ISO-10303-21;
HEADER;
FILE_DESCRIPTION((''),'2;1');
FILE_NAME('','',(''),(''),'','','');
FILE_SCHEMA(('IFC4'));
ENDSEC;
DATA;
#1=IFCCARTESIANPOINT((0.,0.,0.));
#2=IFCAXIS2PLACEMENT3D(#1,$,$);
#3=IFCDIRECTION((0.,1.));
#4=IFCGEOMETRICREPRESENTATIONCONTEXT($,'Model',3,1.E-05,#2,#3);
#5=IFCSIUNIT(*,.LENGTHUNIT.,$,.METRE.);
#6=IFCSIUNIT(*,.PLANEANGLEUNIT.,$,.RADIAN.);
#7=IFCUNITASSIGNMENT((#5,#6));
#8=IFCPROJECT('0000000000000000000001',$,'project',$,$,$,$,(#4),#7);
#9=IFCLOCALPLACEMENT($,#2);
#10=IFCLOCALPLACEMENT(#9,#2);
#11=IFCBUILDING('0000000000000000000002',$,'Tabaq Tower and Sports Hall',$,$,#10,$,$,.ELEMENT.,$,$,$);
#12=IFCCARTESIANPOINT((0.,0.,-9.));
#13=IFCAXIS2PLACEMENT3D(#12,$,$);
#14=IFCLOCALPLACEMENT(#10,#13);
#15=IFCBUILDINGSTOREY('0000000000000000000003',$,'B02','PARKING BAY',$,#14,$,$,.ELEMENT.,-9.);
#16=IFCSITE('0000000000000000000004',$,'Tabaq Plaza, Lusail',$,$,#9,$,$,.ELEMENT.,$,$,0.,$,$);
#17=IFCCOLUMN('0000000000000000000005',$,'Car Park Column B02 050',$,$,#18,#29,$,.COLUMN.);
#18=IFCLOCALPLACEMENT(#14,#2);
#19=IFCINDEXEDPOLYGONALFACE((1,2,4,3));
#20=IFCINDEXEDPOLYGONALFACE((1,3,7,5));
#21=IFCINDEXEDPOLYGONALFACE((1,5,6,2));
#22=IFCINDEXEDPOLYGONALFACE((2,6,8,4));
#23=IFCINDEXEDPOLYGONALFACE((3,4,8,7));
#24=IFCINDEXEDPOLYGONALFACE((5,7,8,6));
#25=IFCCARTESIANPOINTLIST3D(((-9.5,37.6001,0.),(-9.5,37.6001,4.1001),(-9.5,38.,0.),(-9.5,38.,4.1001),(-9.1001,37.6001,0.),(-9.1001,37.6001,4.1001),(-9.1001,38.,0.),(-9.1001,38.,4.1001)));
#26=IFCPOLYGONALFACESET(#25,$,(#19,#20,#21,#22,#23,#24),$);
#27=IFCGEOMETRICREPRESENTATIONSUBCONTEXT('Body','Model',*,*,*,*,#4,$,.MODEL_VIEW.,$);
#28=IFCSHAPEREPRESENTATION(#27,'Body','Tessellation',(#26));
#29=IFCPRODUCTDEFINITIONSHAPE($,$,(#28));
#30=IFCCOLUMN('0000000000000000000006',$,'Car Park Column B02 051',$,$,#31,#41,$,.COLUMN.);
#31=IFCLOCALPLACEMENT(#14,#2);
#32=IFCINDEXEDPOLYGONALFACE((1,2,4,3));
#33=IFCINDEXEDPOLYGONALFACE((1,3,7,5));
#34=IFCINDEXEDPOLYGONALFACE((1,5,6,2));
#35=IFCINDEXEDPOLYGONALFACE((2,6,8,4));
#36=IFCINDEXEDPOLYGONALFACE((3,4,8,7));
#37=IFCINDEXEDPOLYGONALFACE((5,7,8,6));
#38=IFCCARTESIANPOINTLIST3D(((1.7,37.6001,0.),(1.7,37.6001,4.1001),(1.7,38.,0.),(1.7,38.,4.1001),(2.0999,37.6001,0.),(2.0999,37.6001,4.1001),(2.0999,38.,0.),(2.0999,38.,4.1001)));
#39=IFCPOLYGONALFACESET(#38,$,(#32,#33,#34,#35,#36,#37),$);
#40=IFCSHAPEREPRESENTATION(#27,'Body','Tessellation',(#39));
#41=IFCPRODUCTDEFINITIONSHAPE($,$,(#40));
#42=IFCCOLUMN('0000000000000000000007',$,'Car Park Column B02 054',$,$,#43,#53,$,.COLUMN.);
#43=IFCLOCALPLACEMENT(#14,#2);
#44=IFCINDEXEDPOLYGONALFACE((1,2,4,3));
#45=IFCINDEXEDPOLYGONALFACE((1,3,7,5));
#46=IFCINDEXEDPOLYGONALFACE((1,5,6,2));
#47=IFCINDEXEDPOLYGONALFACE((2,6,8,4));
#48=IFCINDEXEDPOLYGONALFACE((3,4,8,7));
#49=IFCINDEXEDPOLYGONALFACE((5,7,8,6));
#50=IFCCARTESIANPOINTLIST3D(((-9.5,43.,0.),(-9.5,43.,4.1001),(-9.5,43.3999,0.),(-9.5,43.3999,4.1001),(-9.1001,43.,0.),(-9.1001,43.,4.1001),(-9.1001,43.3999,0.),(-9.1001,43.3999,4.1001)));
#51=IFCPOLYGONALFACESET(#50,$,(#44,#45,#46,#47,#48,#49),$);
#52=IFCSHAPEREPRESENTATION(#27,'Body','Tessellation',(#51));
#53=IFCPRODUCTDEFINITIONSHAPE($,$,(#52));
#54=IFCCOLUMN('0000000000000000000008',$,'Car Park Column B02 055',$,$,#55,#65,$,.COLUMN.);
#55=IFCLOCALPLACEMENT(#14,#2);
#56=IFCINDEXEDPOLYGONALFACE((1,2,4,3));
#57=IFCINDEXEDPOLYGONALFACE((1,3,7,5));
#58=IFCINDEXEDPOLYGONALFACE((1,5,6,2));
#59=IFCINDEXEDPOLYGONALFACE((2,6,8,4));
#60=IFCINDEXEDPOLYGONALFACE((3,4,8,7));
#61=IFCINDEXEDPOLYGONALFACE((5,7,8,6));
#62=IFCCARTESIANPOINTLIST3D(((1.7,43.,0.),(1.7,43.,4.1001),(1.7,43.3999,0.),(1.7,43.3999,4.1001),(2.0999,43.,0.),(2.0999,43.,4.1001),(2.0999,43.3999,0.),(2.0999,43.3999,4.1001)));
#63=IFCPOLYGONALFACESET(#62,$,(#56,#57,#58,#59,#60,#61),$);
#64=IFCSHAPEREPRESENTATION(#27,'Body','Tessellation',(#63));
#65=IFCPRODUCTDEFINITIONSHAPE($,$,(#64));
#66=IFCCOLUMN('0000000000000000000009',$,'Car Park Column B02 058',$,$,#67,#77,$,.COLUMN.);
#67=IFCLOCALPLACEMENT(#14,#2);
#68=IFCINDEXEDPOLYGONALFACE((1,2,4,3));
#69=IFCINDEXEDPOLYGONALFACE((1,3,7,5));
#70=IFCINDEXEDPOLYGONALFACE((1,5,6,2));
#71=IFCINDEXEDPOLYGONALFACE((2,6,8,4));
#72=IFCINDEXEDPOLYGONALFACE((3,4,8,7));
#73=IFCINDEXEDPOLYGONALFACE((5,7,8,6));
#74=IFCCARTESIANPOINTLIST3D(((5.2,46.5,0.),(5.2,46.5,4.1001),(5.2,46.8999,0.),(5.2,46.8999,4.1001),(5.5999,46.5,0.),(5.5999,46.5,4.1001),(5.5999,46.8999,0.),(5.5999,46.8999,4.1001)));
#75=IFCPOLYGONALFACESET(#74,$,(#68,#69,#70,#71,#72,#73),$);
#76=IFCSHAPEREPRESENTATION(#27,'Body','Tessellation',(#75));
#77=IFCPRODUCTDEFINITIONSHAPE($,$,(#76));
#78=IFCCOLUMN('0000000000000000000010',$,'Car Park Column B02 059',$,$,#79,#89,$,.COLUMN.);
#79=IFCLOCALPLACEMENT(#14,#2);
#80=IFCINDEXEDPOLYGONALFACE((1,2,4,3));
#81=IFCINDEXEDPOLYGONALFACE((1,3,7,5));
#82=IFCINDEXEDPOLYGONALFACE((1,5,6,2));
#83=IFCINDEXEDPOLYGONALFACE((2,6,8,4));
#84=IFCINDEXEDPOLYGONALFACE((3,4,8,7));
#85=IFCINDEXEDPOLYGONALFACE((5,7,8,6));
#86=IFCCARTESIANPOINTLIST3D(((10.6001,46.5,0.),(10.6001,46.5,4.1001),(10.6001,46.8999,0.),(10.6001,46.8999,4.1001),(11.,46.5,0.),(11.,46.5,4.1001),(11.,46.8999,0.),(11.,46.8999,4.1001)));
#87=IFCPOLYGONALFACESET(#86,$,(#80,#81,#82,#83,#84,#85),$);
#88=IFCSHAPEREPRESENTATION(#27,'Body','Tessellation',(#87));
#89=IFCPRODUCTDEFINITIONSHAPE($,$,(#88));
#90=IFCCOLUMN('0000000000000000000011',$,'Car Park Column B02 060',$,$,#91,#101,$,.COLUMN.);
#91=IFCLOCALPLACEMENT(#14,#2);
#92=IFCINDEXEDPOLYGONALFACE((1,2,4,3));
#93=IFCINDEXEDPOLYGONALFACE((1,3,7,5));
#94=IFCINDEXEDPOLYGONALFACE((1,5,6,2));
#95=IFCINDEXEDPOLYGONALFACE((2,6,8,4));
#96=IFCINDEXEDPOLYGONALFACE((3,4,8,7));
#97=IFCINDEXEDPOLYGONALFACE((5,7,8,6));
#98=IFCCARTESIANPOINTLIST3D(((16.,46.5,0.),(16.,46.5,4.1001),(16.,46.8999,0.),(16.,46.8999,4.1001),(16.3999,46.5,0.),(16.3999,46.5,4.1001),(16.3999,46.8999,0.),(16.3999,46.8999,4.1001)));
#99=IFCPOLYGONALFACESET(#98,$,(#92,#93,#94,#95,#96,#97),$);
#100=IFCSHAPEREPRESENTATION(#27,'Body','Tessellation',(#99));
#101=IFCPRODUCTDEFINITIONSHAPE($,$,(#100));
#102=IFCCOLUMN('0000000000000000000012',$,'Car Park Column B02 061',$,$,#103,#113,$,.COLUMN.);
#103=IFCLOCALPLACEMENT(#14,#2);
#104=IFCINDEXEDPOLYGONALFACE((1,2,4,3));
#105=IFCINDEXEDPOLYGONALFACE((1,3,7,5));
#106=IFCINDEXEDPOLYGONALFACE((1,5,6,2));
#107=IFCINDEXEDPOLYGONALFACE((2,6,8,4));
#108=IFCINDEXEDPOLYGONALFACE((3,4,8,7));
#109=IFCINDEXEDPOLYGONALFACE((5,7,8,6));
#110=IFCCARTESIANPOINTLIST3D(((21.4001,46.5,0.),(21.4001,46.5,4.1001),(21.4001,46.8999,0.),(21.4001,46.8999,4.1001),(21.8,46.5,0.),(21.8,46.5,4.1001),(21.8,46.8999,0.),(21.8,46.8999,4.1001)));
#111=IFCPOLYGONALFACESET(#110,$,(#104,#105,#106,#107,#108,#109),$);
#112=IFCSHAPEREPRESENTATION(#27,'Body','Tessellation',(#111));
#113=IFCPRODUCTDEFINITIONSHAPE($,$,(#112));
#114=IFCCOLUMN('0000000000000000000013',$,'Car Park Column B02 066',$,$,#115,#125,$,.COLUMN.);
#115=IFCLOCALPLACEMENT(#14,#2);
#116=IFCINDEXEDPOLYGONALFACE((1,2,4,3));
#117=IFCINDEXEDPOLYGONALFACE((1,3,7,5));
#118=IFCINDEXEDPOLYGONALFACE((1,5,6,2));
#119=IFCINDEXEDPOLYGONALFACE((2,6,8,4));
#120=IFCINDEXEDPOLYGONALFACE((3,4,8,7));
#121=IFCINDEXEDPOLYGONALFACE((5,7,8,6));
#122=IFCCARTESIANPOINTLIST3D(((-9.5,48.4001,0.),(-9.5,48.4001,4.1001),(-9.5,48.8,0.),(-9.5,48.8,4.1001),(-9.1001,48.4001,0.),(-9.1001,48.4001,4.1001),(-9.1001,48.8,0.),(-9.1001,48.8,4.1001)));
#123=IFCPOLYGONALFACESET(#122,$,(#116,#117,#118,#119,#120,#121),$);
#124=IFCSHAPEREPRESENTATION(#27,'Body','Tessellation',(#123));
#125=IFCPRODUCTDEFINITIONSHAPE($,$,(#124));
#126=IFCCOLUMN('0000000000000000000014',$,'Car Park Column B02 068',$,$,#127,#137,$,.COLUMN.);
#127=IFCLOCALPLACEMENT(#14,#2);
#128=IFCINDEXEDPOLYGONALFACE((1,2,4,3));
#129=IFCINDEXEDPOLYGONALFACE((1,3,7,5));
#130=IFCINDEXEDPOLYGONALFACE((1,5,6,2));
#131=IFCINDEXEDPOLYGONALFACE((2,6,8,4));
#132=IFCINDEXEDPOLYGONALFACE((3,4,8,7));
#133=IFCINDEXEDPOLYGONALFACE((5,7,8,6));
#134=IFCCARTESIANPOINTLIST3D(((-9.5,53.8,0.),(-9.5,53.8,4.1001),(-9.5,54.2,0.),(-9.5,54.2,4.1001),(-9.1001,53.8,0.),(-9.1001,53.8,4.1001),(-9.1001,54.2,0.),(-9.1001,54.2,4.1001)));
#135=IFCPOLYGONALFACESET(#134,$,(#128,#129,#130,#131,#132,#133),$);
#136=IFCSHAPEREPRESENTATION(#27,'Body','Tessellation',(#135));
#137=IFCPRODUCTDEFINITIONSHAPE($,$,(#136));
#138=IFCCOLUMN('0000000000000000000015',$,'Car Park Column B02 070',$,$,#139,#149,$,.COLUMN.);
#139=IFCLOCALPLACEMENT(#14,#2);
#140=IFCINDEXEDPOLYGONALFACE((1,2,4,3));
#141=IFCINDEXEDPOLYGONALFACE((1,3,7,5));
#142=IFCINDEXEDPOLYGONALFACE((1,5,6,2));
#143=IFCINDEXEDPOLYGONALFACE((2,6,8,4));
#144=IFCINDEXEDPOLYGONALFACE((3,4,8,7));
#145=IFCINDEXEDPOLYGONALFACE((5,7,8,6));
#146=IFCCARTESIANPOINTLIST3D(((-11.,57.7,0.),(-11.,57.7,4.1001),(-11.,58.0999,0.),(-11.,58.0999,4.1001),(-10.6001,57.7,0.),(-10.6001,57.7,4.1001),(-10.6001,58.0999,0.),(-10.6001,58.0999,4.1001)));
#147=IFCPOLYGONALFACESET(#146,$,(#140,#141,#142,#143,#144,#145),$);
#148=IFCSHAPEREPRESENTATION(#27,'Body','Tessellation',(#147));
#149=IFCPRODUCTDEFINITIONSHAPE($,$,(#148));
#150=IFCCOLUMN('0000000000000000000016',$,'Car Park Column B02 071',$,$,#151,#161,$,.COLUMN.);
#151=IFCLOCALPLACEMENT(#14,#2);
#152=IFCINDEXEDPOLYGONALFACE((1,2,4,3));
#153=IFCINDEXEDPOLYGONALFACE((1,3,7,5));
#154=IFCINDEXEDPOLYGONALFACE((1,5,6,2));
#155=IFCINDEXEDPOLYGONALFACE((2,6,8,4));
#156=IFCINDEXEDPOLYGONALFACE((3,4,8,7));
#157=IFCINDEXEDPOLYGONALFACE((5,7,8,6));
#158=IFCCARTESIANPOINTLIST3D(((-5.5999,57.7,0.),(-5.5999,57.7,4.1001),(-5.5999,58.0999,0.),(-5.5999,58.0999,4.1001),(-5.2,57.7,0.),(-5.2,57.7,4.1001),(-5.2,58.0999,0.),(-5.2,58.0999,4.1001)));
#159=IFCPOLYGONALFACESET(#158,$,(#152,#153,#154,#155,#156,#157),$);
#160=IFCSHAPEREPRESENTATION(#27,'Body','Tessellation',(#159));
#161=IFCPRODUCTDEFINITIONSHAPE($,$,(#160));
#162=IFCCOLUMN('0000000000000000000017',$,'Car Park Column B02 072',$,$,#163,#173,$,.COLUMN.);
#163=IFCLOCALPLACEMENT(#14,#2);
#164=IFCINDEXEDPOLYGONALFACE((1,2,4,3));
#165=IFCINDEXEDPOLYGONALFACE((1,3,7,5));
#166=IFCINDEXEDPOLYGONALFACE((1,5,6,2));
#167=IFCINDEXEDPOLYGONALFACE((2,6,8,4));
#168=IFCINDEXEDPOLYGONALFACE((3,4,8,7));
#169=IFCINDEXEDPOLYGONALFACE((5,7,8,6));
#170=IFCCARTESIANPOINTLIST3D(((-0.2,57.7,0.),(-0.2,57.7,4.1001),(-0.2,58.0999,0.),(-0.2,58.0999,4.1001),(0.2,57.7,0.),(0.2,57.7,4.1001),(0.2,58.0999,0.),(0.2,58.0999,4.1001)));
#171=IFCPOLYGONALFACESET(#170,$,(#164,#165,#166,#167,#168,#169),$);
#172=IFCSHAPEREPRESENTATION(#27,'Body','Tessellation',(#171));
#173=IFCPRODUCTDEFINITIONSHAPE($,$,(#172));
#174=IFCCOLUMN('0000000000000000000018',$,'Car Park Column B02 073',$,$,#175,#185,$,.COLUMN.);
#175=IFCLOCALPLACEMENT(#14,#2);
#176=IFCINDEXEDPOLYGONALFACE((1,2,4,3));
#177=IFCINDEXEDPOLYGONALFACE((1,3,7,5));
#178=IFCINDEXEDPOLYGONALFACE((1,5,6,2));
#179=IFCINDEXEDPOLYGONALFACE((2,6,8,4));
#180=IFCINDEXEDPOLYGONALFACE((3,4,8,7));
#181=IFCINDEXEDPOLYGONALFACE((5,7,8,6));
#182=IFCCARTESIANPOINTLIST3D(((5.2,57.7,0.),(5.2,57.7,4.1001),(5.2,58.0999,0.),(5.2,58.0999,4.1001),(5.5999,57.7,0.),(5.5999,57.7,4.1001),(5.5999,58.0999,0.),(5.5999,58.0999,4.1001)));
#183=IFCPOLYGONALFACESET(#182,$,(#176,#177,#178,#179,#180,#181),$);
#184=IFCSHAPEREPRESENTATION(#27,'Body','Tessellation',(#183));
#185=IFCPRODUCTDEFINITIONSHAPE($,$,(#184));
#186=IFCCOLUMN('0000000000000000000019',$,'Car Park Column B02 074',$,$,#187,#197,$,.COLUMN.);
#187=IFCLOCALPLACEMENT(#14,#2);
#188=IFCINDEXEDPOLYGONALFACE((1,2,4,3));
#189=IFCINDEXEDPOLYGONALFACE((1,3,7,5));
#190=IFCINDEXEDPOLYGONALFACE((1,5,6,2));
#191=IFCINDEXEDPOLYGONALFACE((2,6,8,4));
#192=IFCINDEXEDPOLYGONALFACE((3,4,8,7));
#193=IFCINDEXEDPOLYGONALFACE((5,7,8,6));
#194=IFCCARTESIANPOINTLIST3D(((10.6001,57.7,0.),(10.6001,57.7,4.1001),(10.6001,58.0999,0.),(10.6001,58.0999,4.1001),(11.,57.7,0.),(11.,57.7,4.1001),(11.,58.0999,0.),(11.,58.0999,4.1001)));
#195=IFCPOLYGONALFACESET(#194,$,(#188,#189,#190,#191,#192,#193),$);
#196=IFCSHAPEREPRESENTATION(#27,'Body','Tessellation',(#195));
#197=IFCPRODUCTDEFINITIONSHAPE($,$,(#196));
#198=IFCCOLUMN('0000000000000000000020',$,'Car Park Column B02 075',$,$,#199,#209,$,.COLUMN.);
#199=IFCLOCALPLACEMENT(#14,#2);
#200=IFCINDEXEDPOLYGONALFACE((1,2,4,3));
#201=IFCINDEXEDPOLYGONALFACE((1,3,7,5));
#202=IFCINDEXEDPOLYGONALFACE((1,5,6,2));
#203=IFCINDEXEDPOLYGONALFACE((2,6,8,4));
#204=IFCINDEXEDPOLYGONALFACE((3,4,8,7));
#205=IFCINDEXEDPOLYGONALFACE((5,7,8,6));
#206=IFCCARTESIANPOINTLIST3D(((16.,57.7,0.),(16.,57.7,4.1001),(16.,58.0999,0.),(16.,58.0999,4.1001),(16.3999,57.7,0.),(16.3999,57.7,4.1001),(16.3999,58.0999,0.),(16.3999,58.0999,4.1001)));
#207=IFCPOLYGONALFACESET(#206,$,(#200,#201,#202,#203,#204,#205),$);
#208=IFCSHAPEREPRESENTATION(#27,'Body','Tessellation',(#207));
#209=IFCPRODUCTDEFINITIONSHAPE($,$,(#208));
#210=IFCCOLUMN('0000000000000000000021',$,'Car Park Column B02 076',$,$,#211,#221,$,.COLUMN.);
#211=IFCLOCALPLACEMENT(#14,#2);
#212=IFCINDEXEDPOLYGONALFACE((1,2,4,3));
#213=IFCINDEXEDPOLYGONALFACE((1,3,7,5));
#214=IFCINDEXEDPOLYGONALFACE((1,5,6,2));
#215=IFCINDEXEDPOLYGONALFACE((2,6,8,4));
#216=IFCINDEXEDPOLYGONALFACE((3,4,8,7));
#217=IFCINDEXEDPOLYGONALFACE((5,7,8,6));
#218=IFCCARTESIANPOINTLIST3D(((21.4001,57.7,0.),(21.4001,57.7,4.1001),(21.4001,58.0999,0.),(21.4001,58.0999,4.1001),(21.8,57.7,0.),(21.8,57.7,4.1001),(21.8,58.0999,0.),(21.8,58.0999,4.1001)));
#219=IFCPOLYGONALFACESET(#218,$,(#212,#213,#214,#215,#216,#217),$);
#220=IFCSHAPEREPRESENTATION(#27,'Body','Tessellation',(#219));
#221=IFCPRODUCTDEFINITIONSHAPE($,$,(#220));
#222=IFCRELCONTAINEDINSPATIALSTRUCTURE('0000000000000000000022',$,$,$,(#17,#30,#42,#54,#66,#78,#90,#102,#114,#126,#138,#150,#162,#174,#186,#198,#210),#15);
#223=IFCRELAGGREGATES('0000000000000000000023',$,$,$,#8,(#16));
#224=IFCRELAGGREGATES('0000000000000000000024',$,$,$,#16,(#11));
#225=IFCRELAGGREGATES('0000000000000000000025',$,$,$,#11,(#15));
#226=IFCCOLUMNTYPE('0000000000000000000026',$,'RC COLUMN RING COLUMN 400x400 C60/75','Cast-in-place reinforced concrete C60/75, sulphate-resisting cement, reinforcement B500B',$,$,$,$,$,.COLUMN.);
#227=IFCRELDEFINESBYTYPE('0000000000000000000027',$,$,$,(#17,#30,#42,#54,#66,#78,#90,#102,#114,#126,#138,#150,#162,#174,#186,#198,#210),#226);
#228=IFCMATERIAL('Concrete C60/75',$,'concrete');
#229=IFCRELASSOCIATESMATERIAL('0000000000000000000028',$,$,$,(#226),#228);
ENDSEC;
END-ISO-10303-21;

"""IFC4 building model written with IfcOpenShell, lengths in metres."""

from ifc_helpers import new_model, si_unit, direction, frame, origin, origin_2d, place, context, subcontext, project, spatial, rectangle, extrude, material, material_profile, profile_set, type_object, element, save


model = new_model("IFC4")

# Units and contexts
model_context = context("Model", 3, precision=1e-05, world=origin(), true_north=direction((0.0, 1.0)))
body_context = subcontext(model_context, "Body", "Model", "MODEL_VIEW")
ifc_project = project(units=[si_unit("LENGTHUNIT", "METRE"), si_unit("PLANEANGLEUNIT", "RADIAN")], contexts=[model_context])

# Site, building, storey
site_placement = place(None, origin())
site = spatial("IfcSite", under=ifc_project, at=site_placement, Name="Tabaq Plaza, Lusail", CompositionType="ELEMENT", RefElevation=0.0)
building_placement = place(site_placement, origin())
building = spatial("IfcBuilding", under=site, at=building_placement, Name="Tabaq Tower and Sports Hall", CompositionType="ELEMENT")
storey_placement = place(building_placement, frame((0.0, 0.0, -9.0)))
storey = spatial("IfcBuildingStorey", under=building, at=storey_placement, Name="B02", Description="PARKING BAY", CompositionType="ELEMENT", Elevation=-9.0)

# Columns
ifc_material_1 = material(Name="Concrete C60/75", Category="concrete")
ifc_material_profile_1 = material_profile(ifc_material_1, rectangle(XDim=0.3999, YDim=0.3999, at=origin_2d()), Name="RING COLUMN 400x400")
ifc_profile_set_1 = profile_set([ifc_material_profile_1], Name="Concrete C60/75")
column_type_1 = type_object("IfcColumnType", Name="RC COLUMN RING COLUMN 400x400 C60/75", Description="Cast-in-place reinforced concrete C60/75, sulphate-resisting cement, reinforcement B500B", PredefinedType="COLUMN", material=ifc_profile_set_1)
for number, where, z_axis, x_axis, name in (
    (1, (-9.3, 37.8, 0.0), (0.0, 0.0, 1.0), (1.0, 0.0, 0.0), "Car Park Column B02 050"),
    (2, (1.8999, 37.8, 0.0), (0.0, 0.0, 1.0), (1.0, 0.0, 0.0), "Car Park Column B02 051"),
    (3, (-9.3, 43.2, 0.0), (0.0, 0.0, 1.0), (1.0, 0.0, 0.0), "Car Park Column B02 054"),
    (4, (1.8999, 43.2, 0.0), (0.0, 0.0, 1.0), (1.0, 0.0, 0.0), "Car Park Column B02 055"),
    (5, (5.3999, 46.7, 0.0), (0.0, 0.0, 1.0), (1.0, 0.0, 0.0), "Car Park Column B02 058"),
    (6, (10.8, 46.7, 0.0), (0.0, 0.0, 1.0), (1.0, 0.0, 0.0), "Car Park Column B02 059"),
    (7, (16.2, 46.7, 0.0), (0.0, 0.0, 1.0), (1.0, 0.0, 0.0), "Car Park Column B02 060"),
    (8, (21.6001, 46.7, 0.0), (0.0, 0.0, 1.0), (1.0, 0.0, 0.0), "Car Park Column B02 061"),
    (9, (-9.3, 48.6001, 0.0), (0.0, 0.0, 1.0), (1.0, 0.0, 0.0), "Car Park Column B02 066"),
    (10, (-9.3, 54.0, 0.0), (0.0, 0.0, 1.0), (1.0, 0.0, 0.0), "Car Park Column B02 068"),
    (11, (-10.8, 57.8999, 0.0), (0.0, 0.0, 1.0), (1.0, 0.0, 0.0), "Car Park Column B02 070"),
    (12, (-5.3999, 57.8999, 0.0), (0.0, 0.0, 1.0), (1.0, 0.0, 0.0), "Car Park Column B02 071"),
    (13, (0.0, 57.8999, 0.0), (0.0, 0.0, 1.0), (1.0, 0.0, 0.0), "Car Park Column B02 072"),
    (14, (5.3999, 57.8999, 0.0), (0.0, 0.0, 1.0), (1.0, 0.0, 0.0), "Car Park Column B02 073"),
    (15, (10.8, 57.8999, 0.0), (0.0, 0.0, 1.0), (1.0, 0.0, 0.0), "Car Park Column B02 074"),
    (16, (16.2, 57.8999, 0.0), (0.0, 0.0, 1.0), (1.0, 0.0, 0.0), "Car Park Column B02 075"),
    (17, (21.6001, 57.8999, 0.0), (0.0, 0.0, 1.0), (1.0, 0.0, 0.0), "Car Park Column B02 076"),
):
    element("IfcColumn", number, at=place(storey_placement, frame(where, z_axis=z_axis, x_axis=x_axis)), inside=storey, type_object=column_type_1, Name=name, PredefinedType="COLUMN", context=body_context, shape_type="SweptSolid", body=[
        extrude(rectangle(XDim=0.3999, YDim=0.3999, at=origin_2d()), origin(), (0.0, 0.0, 1.0), 4.1001),
    ])

save(model, "model.ifc")
